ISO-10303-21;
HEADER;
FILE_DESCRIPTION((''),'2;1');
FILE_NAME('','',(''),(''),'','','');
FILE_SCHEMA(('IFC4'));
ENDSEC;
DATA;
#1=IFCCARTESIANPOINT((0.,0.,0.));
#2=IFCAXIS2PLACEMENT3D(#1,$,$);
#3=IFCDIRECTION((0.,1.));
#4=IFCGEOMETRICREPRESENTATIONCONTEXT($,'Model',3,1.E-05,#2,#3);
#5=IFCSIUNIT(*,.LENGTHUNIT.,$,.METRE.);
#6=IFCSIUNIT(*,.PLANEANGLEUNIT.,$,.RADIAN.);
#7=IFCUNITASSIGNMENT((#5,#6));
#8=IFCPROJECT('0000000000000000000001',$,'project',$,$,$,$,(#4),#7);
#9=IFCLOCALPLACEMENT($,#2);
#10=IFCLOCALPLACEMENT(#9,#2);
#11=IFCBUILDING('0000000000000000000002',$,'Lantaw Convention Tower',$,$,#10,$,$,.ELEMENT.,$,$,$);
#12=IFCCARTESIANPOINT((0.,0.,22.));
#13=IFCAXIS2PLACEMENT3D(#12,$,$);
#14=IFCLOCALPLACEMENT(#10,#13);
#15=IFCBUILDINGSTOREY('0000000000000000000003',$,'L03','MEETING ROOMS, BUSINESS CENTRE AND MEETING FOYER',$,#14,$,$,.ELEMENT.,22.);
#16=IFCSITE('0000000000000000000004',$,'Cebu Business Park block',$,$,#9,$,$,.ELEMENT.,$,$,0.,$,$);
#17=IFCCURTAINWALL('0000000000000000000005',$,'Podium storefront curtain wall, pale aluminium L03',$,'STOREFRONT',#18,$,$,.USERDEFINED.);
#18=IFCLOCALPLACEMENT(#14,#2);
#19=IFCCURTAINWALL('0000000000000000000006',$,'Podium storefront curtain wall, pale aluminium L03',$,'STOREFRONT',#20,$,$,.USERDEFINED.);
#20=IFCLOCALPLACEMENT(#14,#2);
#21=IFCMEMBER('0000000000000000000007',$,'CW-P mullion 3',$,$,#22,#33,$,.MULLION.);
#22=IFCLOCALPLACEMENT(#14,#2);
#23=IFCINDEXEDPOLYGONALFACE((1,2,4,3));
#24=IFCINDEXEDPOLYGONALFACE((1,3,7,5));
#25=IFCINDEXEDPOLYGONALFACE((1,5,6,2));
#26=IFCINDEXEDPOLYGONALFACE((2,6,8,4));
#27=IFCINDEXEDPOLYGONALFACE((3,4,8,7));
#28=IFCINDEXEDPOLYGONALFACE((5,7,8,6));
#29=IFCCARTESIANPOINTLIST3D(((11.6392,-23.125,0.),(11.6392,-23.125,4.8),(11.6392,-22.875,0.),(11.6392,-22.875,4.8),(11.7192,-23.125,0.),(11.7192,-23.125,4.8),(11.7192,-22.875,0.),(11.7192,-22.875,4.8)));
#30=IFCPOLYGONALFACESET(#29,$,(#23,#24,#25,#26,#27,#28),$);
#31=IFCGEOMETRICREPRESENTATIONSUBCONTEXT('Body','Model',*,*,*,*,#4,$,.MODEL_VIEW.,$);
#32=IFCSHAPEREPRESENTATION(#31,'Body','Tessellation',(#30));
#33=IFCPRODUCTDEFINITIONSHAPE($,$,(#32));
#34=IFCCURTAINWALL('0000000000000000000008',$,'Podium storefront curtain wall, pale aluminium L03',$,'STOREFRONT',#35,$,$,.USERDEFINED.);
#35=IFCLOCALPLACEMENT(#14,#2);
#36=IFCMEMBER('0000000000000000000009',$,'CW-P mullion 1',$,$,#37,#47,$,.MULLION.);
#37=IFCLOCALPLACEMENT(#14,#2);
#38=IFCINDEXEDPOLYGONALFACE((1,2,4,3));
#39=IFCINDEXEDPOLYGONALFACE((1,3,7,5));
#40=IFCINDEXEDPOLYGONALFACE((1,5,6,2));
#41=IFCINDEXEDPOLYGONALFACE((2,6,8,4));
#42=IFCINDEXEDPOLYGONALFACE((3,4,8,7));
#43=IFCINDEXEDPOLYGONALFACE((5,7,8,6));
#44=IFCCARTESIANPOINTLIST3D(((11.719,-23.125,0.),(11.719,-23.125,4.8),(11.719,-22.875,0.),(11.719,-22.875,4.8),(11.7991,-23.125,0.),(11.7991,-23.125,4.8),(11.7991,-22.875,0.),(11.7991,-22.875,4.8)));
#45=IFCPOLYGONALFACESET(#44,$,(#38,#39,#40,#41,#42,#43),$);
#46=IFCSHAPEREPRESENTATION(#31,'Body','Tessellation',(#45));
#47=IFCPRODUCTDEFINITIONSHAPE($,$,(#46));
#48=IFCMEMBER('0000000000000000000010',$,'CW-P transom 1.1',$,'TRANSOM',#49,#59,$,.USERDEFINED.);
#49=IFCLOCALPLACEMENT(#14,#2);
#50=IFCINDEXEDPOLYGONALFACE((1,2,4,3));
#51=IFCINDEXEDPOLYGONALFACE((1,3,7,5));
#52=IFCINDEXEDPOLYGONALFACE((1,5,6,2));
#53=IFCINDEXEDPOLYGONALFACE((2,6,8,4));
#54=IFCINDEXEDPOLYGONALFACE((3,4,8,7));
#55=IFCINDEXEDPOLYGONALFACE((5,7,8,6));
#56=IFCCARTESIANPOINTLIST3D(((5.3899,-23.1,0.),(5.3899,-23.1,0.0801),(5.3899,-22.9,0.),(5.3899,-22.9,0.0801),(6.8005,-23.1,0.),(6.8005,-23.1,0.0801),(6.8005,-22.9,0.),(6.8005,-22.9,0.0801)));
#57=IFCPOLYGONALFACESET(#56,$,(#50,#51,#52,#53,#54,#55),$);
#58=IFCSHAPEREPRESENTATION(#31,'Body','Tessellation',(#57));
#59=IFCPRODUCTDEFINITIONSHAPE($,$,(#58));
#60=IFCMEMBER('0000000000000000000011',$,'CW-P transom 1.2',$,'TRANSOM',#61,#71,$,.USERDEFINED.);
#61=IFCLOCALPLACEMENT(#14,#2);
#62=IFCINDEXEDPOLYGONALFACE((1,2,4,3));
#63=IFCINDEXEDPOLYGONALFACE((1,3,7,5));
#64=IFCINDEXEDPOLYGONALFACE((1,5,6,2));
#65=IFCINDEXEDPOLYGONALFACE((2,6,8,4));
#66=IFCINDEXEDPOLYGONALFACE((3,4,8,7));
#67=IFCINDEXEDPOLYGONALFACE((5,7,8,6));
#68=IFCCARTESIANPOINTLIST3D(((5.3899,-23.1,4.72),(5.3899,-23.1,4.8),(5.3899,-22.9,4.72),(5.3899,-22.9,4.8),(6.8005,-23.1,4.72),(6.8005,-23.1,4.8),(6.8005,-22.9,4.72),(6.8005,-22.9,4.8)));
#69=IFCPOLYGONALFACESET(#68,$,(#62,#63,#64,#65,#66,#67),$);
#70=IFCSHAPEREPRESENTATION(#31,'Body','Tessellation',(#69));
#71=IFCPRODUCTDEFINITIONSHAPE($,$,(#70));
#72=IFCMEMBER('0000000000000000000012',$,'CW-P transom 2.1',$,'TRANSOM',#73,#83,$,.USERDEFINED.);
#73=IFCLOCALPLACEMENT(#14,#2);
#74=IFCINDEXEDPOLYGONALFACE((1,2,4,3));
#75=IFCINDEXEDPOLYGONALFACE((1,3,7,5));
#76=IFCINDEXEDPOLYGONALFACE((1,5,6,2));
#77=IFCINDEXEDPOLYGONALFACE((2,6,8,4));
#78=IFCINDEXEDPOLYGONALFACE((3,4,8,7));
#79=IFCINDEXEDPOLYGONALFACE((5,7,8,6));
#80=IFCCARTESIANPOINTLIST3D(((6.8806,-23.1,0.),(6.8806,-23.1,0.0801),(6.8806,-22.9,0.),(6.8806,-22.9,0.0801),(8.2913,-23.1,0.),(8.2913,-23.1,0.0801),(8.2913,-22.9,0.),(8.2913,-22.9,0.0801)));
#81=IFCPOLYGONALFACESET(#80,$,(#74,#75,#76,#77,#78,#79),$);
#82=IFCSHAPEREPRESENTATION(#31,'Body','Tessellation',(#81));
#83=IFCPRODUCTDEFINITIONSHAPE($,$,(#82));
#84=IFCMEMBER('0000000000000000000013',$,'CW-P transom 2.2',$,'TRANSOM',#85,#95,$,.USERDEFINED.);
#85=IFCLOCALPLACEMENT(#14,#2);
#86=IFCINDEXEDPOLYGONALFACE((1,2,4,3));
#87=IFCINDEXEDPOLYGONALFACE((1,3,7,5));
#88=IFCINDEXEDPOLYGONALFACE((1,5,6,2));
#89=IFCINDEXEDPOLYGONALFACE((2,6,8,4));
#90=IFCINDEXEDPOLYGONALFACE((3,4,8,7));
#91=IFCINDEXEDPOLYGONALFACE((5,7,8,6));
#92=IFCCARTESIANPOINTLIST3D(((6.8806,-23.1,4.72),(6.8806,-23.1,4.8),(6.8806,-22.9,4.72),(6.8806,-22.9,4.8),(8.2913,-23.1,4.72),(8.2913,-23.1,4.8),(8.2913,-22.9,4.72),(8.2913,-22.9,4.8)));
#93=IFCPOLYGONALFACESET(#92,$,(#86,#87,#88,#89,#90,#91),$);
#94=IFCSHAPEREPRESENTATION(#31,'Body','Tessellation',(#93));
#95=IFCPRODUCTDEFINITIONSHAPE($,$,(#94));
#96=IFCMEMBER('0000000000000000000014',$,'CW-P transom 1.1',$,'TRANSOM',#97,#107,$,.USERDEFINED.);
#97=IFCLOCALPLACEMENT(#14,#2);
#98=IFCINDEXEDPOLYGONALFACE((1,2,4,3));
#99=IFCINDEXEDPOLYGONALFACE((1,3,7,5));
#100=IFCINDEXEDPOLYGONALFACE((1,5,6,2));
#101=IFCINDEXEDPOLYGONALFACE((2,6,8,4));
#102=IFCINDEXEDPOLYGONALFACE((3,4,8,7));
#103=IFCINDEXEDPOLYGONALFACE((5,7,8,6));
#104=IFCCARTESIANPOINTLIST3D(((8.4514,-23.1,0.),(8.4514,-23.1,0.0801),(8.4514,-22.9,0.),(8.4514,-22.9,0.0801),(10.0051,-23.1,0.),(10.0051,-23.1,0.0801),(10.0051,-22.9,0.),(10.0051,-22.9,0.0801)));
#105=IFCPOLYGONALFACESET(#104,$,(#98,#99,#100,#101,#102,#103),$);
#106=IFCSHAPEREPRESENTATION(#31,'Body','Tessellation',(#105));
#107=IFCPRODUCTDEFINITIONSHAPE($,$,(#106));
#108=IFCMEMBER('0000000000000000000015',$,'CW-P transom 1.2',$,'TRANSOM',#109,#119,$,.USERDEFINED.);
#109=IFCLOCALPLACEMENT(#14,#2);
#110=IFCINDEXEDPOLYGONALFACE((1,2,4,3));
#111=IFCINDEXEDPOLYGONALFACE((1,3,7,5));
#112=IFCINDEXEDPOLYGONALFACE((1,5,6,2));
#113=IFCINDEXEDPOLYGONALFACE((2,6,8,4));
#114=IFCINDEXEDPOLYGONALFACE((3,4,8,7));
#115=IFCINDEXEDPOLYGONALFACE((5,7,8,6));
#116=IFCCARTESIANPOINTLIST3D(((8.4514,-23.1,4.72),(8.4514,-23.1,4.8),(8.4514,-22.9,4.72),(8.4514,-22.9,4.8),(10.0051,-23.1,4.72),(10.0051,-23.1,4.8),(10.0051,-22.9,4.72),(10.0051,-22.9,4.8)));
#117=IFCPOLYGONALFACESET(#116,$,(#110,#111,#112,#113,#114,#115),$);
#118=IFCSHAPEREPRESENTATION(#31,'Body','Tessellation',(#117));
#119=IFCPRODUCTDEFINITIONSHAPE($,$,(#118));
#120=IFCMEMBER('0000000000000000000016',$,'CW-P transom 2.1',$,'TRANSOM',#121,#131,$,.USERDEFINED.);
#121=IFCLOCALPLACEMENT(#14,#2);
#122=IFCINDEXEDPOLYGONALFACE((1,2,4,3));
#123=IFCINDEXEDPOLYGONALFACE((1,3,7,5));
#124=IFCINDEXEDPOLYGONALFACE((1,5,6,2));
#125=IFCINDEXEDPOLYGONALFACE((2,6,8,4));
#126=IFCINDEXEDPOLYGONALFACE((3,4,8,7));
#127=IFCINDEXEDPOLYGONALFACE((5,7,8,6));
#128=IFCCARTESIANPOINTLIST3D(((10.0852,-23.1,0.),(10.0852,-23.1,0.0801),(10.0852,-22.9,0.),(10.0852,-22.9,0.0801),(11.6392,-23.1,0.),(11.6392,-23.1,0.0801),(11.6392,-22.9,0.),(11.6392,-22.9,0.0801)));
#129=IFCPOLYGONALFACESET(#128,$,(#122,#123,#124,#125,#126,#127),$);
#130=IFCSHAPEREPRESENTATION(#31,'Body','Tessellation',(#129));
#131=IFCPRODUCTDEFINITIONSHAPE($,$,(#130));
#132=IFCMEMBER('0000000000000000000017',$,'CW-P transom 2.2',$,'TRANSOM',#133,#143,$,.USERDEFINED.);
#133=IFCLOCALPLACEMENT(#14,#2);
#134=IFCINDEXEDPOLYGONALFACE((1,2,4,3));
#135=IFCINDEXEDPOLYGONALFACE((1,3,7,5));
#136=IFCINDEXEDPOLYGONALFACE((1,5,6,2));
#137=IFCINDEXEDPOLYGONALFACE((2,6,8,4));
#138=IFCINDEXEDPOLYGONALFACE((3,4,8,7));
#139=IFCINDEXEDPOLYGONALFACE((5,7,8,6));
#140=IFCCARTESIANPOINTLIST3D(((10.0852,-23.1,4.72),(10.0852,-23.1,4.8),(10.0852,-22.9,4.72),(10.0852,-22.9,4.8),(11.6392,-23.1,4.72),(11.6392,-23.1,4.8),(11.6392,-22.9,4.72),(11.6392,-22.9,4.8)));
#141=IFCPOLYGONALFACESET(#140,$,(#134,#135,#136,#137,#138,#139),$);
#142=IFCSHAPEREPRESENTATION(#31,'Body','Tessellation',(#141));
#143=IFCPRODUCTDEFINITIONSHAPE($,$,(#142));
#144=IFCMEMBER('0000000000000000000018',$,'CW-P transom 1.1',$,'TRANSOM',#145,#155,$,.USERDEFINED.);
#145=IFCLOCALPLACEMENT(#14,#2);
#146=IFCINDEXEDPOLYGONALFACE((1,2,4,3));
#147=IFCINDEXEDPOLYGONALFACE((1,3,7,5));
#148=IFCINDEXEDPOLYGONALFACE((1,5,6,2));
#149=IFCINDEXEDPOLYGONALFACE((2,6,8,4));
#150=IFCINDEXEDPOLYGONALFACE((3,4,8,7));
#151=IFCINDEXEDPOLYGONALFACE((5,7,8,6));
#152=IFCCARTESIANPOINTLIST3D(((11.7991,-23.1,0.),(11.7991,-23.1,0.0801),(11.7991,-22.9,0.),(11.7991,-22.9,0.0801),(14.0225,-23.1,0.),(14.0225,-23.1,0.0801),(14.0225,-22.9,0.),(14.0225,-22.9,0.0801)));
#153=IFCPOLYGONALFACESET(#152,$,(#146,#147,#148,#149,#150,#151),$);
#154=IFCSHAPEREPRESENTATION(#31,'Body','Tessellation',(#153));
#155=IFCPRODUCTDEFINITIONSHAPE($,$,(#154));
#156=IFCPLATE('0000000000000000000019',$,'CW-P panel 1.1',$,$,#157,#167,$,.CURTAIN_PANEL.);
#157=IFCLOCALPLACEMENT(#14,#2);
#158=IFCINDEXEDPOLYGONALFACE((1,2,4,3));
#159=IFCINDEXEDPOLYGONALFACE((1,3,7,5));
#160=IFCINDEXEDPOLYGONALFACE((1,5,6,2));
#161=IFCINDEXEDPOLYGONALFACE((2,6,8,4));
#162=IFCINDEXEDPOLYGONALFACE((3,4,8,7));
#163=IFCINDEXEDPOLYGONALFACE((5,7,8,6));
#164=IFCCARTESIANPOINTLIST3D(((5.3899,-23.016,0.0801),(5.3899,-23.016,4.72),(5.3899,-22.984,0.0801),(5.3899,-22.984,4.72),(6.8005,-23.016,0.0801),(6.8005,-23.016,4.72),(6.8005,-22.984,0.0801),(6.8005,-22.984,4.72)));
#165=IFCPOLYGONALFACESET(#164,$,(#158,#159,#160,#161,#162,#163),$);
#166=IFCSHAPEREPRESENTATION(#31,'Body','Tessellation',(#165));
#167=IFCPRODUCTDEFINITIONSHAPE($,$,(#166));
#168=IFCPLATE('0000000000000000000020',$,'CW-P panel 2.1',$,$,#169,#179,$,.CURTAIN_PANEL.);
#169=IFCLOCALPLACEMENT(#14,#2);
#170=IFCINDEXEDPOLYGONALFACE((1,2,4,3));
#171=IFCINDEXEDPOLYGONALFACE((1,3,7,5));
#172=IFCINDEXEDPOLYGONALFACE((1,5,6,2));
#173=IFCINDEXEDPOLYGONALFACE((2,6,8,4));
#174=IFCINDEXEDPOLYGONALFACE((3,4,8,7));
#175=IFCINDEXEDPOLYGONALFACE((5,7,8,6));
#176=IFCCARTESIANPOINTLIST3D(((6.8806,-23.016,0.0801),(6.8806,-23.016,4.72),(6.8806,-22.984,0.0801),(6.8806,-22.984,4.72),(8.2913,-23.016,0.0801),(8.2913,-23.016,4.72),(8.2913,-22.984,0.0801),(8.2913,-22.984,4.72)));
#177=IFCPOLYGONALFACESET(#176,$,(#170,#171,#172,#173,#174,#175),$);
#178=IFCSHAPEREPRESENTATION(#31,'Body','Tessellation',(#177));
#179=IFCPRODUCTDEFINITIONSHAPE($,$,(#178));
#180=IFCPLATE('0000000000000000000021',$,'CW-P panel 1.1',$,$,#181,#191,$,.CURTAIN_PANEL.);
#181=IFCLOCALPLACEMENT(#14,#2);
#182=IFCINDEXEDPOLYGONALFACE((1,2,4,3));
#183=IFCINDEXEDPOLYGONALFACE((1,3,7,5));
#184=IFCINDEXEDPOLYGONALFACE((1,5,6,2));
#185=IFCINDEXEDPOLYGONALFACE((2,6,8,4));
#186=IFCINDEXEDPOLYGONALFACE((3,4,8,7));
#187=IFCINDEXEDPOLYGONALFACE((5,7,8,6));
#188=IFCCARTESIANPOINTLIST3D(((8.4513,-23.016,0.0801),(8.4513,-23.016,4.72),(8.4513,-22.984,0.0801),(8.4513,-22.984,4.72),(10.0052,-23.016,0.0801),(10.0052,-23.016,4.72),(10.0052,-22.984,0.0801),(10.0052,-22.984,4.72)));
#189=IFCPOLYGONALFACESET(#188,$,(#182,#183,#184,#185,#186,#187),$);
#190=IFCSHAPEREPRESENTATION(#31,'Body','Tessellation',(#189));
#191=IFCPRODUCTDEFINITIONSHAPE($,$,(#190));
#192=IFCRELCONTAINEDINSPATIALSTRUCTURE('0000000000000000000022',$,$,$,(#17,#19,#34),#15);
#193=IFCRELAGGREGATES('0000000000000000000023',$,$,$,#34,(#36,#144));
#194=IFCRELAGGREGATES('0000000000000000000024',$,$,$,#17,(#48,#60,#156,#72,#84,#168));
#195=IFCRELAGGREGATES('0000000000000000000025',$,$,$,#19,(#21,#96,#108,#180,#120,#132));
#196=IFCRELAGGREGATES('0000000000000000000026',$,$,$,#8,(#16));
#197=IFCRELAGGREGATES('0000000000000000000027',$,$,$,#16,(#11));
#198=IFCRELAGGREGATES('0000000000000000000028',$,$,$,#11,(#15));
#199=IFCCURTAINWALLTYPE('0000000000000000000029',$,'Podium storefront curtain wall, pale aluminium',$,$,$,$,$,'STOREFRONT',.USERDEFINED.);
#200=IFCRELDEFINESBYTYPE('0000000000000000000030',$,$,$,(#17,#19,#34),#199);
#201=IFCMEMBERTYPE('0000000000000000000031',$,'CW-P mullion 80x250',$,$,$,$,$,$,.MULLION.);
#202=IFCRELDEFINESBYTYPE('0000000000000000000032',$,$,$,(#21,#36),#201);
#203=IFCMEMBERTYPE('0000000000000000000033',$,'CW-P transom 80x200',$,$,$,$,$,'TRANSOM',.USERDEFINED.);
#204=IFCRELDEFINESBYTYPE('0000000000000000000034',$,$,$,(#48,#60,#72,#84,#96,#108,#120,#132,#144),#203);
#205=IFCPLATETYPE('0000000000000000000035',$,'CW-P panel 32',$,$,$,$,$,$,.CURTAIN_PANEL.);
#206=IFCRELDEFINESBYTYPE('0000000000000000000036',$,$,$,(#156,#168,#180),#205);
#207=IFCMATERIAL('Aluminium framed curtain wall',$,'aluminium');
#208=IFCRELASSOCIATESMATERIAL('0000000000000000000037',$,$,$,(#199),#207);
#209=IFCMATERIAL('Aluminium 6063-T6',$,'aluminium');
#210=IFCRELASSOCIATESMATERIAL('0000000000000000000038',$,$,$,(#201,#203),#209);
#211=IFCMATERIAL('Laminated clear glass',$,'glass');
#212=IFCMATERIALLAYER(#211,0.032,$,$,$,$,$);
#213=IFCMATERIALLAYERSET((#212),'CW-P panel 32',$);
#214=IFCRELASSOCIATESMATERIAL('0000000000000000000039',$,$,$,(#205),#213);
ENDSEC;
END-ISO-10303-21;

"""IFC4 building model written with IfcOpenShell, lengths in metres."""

from ifc_helpers import new_model, si_unit, direction, frame, origin, origin_2d, place, context, subcontext, project, spatial, rectangle, extrude, material, layer, layer_set, material_profile, profile_set, type_object, element, aggregate, save


model = new_model("IFC4")

# Units and contexts
model_context = context("Model", 3, precision=1e-05, world=origin(), true_north=direction((0.0, 1.0)))
body_context = subcontext(model_context, "Body", "Model", "MODEL_VIEW")
ifc_project = project(units=[si_unit("LENGTHUNIT", "METRE"), si_unit("PLANEANGLEUNIT", "RADIAN")], contexts=[model_context])

# Site, building, storey
site_placement = place(None, origin())
site = spatial("IfcSite", under=ifc_project, at=site_placement, Name="Cebu Business Park block", CompositionType="ELEMENT", RefElevation=0.0)
building_placement = place(site_placement, origin())
building = spatial("IfcBuilding", under=site, at=building_placement, Name="Lantaw Convention Tower", CompositionType="ELEMENT")
storey_placement = place(building_placement, frame((0.0, 0.0, 22.0)))
storey = spatial("IfcBuildingStorey", under=building, at=storey_placement, Name="L03", Description="MEETING ROOMS, BUSINESS CENTRE AND MEETING FOYER", CompositionType="ELEMENT", Elevation=22.0)

# Curtain walls, member
ifc_material_1 = material(Name="Aluminium framed curtain wall", Category="aluminium")
curtain_wall_type = type_object("IfcCurtainWallType", Name="Podium storefront curtain wall, pale aluminium", ElementType="STOREFRONT", PredefinedType="USERDEFINED", material=ifc_material_1)
curtain_wall_1_placement = place(storey_placement, origin())
curtain_wall_1 = element("IfcCurtainWall", 1, at=curtain_wall_1_placement, inside=storey, type_object=curtain_wall_type, Name="Podium storefront curtain wall, pale aluminium L03", ObjectType="STOREFRONT", PredefinedType="USERDEFINED")
ifc_material_2 = material(Name="Aluminium 6063-T6", Category="aluminium")
ifc_material_profile_1 = material_profile(ifc_material_2, rectangle(XDim=0.25, YDim=0.0801, at=origin_2d()), Name="CW-P mullion 80x250")
ifc_profile_set_1 = profile_set([ifc_material_profile_1], Name="Aluminium 6063-T6")
member_type_1 = type_object("IfcMemberType", Name="CW-P mullion 80x250", PredefinedType="MULLION", material=ifc_profile_set_1)
curtain_wall_2_placement = place(storey_placement, origin())
curtain_wall_2 = element("IfcCurtainWall", 2, at=curtain_wall_2_placement, inside=storey, type_object=curtain_wall_type, Name="Podium storefront curtain wall, pale aluminium L03", ObjectType="STOREFRONT", PredefinedType="USERDEFINED")
member_1_placement = place(storey_placement, frame((11.6792, -23.0, 0.0), z_axis=(0.0, 0.0, 1.0), x_axis=(0.0, 1.0, 0.0)))
member_1 = element("IfcMember", 3, at=member_1_placement, type_object=member_type_1, Name="CW-P mullion 3", PredefinedType="MULLION", context=body_context, shape_type="SweptSolid", body=[
    extrude(rectangle(XDim=0.25, YDim=0.0801, at=origin_2d()), origin(), (0.0, 0.0, 1.0), 4.8),
])

# Curtain wall, member
curtain_wall_3_placement = place(storey_placement, origin())
curtain_wall_3 = element("IfcCurtainWall", 4, at=curtain_wall_3_placement, inside=storey, type_object=curtain_wall_type, Name="Podium storefront curtain wall, pale aluminium L03", ObjectType="STOREFRONT", PredefinedType="USERDEFINED")
member_2_placement = place(storey_placement, frame((11.759, -23.0, 0.0), z_axis=(0.0, 0.0, 1.0), x_axis=(0.0, 1.0, 0.0)))
member_2 = element("IfcMember", 5, at=member_2_placement, type_object=member_type_1, Name="CW-P mullion 1", PredefinedType="MULLION", context=body_context, shape_type="SweptSolid", body=[
    extrude(rectangle(XDim=0.25, YDim=0.0801, at=origin_2d()), origin(), (0.0, 0.0, 1.0), 4.8),
])

# Members
ifc_material_profile_2 = material_profile(ifc_material_2, rectangle(XDim=0.2, YDim=0.0801, at=origin_2d()), Name="CW-P transom 80x200")
ifc_profile_set_2 = profile_set([ifc_material_profile_2], Name="Aluminium 6063-T6")
member_type_2 = type_object("IfcMemberType", Name="CW-P transom 80x200", ElementType="TRANSOM", PredefinedType="USERDEFINED", material=ifc_profile_set_2)
member_3_placement = place(storey_placement, frame((5.3899, -23.0, 0.04), z_axis=(1.0, 0.0, 0.0), x_axis=(0.0, 1.0, 0.0)))
member_3 = element("IfcMember", 6, at=member_3_placement, type_object=member_type_2, Name="CW-P transom 1.1", ObjectType="TRANSOM", PredefinedType="USERDEFINED", context=body_context, shape_type="SweptSolid", body=[
    extrude(rectangle(XDim=0.2, YDim=0.0801, at=origin_2d()), origin(), (0.0, 0.0, 1.0), 1.4106),
])
member_4_placement = place(storey_placement, frame((5.3899, -23.0, 4.76), z_axis=(1.0, 0.0, 0.0), x_axis=(0.0, 1.0, 0.0)))
member_4 = element("IfcMember", 7, at=member_4_placement, type_object=member_type_2, Name="CW-P transom 1.2", ObjectType="TRANSOM", PredefinedType="USERDEFINED", context=body_context, shape_type="SweptSolid", body=[
    extrude(rectangle(XDim=0.2, YDim=0.0801, at=origin_2d()), origin(), (0.0, 0.0, 1.0), 1.4106),
])
member_5_placement = place(storey_placement, frame((6.8806, -23.0, 0.04), z_axis=(1.0, 0.0, 0.0), x_axis=(0.0, 1.0, 0.0)))
member_5 = element("IfcMember", 8, at=member_5_placement, type_object=member_type_2, Name="CW-P transom 2.1", ObjectType="TRANSOM", PredefinedType="USERDEFINED", context=body_context, shape_type="SweptSolid", body=[
    extrude(rectangle(XDim=0.2, YDim=0.0801, at=origin_2d()), origin(), (0.0, 0.0, 1.0), 1.4106),
])
member_6_placement = place(storey_placement, frame((6.8806, -23.0, 4.76), z_axis=(1.0, 0.0, 0.0), x_axis=(0.0, 1.0, 0.0)))
member_6 = element("IfcMember", 9, at=member_6_placement, type_object=member_type_2, Name="CW-P transom 2.2", ObjectType="TRANSOM", PredefinedType="USERDEFINED", context=body_context, shape_type="SweptSolid", body=[
    extrude(rectangle(XDim=0.2, YDim=0.0801, at=origin_2d()), origin(), (0.0, 0.0, 1.0), 1.4106),
])
member_7_placement = place(storey_placement, frame((8.4514, -23.0, 0.04), z_axis=(1.0, 0.0, 0.0), x_axis=(0.0, 1.0, 0.0)))
member_7 = element("IfcMember", 10, at=member_7_placement, type_object=member_type_2, Name="CW-P transom 1.1", ObjectType="TRANSOM", PredefinedType="USERDEFINED", context=body_context, shape_type="SweptSolid", body=[
    extrude(rectangle(XDim=0.2, YDim=0.0801, at=origin_2d()), origin(), (0.0, 0.0, 1.0), 1.5537),
])
member_8_placement = place(storey_placement, frame((8.4514, -23.0, 4.76), z_axis=(1.0, 0.0, 0.0), x_axis=(0.0, 1.0, 0.0)))
member_8 = element("IfcMember", 11, at=member_8_placement, type_object=member_type_2, Name="CW-P transom 1.2", ObjectType="TRANSOM", PredefinedType="USERDEFINED", context=body_context, shape_type="SweptSolid", body=[
    extrude(rectangle(XDim=0.2, YDim=0.0801, at=origin_2d()), origin(), (0.0, 0.0, 1.0), 1.5537),
])
member_9_placement = place(storey_placement, frame((10.0852, -23.0, 0.04), z_axis=(1.0, 0.0, 0.0), x_axis=(0.0, 1.0, 0.0)))
member_9 = element("IfcMember", 12, at=member_9_placement, type_object=member_type_2, Name="CW-P transom 2.1", ObjectType="TRANSOM", PredefinedType="USERDEFINED", context=body_context, shape_type="SweptSolid", body=[
    extrude(rectangle(XDim=0.2, YDim=0.0801, at=origin_2d()), origin(), (0.0, 0.0, 1.0), 1.554),
])
member_10_placement = place(storey_placement, frame((10.0852, -23.0, 4.76), z_axis=(1.0, 0.0, 0.0), x_axis=(0.0, 1.0, 0.0)))
member_10 = element("IfcMember", 13, at=member_10_placement, type_object=member_type_2, Name="CW-P transom 2.2", ObjectType="TRANSOM", PredefinedType="USERDEFINED", context=body_context, shape_type="SweptSolid", body=[
    extrude(rectangle(XDim=0.2, YDim=0.0801, at=origin_2d()), origin(), (0.0, 0.0, 1.0), 1.554),
])
member_11_placement = place(storey_placement, frame((11.7991, -23.0, 0.04), z_axis=(1.0, 0.0, 0.0), x_axis=(0.0, 1.0, 0.0)))
member_11 = element("IfcMember", 14, at=member_11_placement, type_object=member_type_2, Name="CW-P transom 1.1", ObjectType="TRANSOM", PredefinedType="USERDEFINED", context=body_context, shape_type="SweptSolid", body=[
    extrude(rectangle(XDim=0.2, YDim=0.0801, at=origin_2d()), origin(), (0.0, 0.0, 1.0), 2.2234),
])
aggregate(curtain_wall_3, [member_2, member_11])

# Plates
ifc_material_3 = material(Name="Laminated clear glass", Category="glass")
ifc_layer = layer(ifc_material_3, 0.032)
ifc_layer_set = layer_set([ifc_layer], Name="CW-P panel 32")
plate_type = type_object("IfcPlateType", Name="CW-P panel 32", PredefinedType="CURTAIN_PANEL", material=ifc_layer_set)
plate_1_placement = place(storey_placement, frame((6.0952, -23.0, 0.0801), z_axis=(0.0, 0.0, 1.0), x_axis=(1.0, 0.0, 0.0)))
plate_1 = element("IfcPlate", 15, at=plate_1_placement, type_object=plate_type, Name="CW-P panel 1.1", PredefinedType="CURTAIN_PANEL", context=body_context, shape_type="SweptSolid", body=[
    extrude(rectangle(XDim=1.4106, YDim=0.032, at=origin_2d()), origin(), (0.0, 0.0, 1.0), 4.6399),
])
plate_2_placement = place(storey_placement, frame((7.5859, -23.0, 0.0801), z_axis=(0.0, 0.0, 1.0), x_axis=(1.0, 0.0, 0.0)))
plate_2 = element("IfcPlate", 16, at=plate_2_placement, type_object=plate_type, Name="CW-P panel 2.1", PredefinedType="CURTAIN_PANEL", context=body_context, shape_type="SweptSolid", body=[
    extrude(rectangle(XDim=1.4106, YDim=0.032, at=origin_2d()), origin(), (0.0, 0.0, 1.0), 4.6399),
])
aggregate(curtain_wall_1, [member_3, member_4, plate_1, member_5, member_6, plate_2])
plate_3_placement = place(storey_placement, frame((9.2283, -23.0, 0.0801), z_axis=(0.0, 0.0, 1.0), x_axis=(1.0, 0.0, 0.0)))
plate_3 = element("IfcPlate", 17, at=plate_3_placement, type_object=plate_type, Name="CW-P panel 1.1", PredefinedType="CURTAIN_PANEL", context=body_context, shape_type="SweptSolid", body=[
    extrude(rectangle(XDim=1.554, YDim=0.032, at=origin_2d()), origin(), (0.0, 0.0, 1.0), 4.6399),
])
aggregate(curtain_wall_2, [member_1, member_7, member_8, plate_3, member_9, member_10])

save(model, "model.ifc")
